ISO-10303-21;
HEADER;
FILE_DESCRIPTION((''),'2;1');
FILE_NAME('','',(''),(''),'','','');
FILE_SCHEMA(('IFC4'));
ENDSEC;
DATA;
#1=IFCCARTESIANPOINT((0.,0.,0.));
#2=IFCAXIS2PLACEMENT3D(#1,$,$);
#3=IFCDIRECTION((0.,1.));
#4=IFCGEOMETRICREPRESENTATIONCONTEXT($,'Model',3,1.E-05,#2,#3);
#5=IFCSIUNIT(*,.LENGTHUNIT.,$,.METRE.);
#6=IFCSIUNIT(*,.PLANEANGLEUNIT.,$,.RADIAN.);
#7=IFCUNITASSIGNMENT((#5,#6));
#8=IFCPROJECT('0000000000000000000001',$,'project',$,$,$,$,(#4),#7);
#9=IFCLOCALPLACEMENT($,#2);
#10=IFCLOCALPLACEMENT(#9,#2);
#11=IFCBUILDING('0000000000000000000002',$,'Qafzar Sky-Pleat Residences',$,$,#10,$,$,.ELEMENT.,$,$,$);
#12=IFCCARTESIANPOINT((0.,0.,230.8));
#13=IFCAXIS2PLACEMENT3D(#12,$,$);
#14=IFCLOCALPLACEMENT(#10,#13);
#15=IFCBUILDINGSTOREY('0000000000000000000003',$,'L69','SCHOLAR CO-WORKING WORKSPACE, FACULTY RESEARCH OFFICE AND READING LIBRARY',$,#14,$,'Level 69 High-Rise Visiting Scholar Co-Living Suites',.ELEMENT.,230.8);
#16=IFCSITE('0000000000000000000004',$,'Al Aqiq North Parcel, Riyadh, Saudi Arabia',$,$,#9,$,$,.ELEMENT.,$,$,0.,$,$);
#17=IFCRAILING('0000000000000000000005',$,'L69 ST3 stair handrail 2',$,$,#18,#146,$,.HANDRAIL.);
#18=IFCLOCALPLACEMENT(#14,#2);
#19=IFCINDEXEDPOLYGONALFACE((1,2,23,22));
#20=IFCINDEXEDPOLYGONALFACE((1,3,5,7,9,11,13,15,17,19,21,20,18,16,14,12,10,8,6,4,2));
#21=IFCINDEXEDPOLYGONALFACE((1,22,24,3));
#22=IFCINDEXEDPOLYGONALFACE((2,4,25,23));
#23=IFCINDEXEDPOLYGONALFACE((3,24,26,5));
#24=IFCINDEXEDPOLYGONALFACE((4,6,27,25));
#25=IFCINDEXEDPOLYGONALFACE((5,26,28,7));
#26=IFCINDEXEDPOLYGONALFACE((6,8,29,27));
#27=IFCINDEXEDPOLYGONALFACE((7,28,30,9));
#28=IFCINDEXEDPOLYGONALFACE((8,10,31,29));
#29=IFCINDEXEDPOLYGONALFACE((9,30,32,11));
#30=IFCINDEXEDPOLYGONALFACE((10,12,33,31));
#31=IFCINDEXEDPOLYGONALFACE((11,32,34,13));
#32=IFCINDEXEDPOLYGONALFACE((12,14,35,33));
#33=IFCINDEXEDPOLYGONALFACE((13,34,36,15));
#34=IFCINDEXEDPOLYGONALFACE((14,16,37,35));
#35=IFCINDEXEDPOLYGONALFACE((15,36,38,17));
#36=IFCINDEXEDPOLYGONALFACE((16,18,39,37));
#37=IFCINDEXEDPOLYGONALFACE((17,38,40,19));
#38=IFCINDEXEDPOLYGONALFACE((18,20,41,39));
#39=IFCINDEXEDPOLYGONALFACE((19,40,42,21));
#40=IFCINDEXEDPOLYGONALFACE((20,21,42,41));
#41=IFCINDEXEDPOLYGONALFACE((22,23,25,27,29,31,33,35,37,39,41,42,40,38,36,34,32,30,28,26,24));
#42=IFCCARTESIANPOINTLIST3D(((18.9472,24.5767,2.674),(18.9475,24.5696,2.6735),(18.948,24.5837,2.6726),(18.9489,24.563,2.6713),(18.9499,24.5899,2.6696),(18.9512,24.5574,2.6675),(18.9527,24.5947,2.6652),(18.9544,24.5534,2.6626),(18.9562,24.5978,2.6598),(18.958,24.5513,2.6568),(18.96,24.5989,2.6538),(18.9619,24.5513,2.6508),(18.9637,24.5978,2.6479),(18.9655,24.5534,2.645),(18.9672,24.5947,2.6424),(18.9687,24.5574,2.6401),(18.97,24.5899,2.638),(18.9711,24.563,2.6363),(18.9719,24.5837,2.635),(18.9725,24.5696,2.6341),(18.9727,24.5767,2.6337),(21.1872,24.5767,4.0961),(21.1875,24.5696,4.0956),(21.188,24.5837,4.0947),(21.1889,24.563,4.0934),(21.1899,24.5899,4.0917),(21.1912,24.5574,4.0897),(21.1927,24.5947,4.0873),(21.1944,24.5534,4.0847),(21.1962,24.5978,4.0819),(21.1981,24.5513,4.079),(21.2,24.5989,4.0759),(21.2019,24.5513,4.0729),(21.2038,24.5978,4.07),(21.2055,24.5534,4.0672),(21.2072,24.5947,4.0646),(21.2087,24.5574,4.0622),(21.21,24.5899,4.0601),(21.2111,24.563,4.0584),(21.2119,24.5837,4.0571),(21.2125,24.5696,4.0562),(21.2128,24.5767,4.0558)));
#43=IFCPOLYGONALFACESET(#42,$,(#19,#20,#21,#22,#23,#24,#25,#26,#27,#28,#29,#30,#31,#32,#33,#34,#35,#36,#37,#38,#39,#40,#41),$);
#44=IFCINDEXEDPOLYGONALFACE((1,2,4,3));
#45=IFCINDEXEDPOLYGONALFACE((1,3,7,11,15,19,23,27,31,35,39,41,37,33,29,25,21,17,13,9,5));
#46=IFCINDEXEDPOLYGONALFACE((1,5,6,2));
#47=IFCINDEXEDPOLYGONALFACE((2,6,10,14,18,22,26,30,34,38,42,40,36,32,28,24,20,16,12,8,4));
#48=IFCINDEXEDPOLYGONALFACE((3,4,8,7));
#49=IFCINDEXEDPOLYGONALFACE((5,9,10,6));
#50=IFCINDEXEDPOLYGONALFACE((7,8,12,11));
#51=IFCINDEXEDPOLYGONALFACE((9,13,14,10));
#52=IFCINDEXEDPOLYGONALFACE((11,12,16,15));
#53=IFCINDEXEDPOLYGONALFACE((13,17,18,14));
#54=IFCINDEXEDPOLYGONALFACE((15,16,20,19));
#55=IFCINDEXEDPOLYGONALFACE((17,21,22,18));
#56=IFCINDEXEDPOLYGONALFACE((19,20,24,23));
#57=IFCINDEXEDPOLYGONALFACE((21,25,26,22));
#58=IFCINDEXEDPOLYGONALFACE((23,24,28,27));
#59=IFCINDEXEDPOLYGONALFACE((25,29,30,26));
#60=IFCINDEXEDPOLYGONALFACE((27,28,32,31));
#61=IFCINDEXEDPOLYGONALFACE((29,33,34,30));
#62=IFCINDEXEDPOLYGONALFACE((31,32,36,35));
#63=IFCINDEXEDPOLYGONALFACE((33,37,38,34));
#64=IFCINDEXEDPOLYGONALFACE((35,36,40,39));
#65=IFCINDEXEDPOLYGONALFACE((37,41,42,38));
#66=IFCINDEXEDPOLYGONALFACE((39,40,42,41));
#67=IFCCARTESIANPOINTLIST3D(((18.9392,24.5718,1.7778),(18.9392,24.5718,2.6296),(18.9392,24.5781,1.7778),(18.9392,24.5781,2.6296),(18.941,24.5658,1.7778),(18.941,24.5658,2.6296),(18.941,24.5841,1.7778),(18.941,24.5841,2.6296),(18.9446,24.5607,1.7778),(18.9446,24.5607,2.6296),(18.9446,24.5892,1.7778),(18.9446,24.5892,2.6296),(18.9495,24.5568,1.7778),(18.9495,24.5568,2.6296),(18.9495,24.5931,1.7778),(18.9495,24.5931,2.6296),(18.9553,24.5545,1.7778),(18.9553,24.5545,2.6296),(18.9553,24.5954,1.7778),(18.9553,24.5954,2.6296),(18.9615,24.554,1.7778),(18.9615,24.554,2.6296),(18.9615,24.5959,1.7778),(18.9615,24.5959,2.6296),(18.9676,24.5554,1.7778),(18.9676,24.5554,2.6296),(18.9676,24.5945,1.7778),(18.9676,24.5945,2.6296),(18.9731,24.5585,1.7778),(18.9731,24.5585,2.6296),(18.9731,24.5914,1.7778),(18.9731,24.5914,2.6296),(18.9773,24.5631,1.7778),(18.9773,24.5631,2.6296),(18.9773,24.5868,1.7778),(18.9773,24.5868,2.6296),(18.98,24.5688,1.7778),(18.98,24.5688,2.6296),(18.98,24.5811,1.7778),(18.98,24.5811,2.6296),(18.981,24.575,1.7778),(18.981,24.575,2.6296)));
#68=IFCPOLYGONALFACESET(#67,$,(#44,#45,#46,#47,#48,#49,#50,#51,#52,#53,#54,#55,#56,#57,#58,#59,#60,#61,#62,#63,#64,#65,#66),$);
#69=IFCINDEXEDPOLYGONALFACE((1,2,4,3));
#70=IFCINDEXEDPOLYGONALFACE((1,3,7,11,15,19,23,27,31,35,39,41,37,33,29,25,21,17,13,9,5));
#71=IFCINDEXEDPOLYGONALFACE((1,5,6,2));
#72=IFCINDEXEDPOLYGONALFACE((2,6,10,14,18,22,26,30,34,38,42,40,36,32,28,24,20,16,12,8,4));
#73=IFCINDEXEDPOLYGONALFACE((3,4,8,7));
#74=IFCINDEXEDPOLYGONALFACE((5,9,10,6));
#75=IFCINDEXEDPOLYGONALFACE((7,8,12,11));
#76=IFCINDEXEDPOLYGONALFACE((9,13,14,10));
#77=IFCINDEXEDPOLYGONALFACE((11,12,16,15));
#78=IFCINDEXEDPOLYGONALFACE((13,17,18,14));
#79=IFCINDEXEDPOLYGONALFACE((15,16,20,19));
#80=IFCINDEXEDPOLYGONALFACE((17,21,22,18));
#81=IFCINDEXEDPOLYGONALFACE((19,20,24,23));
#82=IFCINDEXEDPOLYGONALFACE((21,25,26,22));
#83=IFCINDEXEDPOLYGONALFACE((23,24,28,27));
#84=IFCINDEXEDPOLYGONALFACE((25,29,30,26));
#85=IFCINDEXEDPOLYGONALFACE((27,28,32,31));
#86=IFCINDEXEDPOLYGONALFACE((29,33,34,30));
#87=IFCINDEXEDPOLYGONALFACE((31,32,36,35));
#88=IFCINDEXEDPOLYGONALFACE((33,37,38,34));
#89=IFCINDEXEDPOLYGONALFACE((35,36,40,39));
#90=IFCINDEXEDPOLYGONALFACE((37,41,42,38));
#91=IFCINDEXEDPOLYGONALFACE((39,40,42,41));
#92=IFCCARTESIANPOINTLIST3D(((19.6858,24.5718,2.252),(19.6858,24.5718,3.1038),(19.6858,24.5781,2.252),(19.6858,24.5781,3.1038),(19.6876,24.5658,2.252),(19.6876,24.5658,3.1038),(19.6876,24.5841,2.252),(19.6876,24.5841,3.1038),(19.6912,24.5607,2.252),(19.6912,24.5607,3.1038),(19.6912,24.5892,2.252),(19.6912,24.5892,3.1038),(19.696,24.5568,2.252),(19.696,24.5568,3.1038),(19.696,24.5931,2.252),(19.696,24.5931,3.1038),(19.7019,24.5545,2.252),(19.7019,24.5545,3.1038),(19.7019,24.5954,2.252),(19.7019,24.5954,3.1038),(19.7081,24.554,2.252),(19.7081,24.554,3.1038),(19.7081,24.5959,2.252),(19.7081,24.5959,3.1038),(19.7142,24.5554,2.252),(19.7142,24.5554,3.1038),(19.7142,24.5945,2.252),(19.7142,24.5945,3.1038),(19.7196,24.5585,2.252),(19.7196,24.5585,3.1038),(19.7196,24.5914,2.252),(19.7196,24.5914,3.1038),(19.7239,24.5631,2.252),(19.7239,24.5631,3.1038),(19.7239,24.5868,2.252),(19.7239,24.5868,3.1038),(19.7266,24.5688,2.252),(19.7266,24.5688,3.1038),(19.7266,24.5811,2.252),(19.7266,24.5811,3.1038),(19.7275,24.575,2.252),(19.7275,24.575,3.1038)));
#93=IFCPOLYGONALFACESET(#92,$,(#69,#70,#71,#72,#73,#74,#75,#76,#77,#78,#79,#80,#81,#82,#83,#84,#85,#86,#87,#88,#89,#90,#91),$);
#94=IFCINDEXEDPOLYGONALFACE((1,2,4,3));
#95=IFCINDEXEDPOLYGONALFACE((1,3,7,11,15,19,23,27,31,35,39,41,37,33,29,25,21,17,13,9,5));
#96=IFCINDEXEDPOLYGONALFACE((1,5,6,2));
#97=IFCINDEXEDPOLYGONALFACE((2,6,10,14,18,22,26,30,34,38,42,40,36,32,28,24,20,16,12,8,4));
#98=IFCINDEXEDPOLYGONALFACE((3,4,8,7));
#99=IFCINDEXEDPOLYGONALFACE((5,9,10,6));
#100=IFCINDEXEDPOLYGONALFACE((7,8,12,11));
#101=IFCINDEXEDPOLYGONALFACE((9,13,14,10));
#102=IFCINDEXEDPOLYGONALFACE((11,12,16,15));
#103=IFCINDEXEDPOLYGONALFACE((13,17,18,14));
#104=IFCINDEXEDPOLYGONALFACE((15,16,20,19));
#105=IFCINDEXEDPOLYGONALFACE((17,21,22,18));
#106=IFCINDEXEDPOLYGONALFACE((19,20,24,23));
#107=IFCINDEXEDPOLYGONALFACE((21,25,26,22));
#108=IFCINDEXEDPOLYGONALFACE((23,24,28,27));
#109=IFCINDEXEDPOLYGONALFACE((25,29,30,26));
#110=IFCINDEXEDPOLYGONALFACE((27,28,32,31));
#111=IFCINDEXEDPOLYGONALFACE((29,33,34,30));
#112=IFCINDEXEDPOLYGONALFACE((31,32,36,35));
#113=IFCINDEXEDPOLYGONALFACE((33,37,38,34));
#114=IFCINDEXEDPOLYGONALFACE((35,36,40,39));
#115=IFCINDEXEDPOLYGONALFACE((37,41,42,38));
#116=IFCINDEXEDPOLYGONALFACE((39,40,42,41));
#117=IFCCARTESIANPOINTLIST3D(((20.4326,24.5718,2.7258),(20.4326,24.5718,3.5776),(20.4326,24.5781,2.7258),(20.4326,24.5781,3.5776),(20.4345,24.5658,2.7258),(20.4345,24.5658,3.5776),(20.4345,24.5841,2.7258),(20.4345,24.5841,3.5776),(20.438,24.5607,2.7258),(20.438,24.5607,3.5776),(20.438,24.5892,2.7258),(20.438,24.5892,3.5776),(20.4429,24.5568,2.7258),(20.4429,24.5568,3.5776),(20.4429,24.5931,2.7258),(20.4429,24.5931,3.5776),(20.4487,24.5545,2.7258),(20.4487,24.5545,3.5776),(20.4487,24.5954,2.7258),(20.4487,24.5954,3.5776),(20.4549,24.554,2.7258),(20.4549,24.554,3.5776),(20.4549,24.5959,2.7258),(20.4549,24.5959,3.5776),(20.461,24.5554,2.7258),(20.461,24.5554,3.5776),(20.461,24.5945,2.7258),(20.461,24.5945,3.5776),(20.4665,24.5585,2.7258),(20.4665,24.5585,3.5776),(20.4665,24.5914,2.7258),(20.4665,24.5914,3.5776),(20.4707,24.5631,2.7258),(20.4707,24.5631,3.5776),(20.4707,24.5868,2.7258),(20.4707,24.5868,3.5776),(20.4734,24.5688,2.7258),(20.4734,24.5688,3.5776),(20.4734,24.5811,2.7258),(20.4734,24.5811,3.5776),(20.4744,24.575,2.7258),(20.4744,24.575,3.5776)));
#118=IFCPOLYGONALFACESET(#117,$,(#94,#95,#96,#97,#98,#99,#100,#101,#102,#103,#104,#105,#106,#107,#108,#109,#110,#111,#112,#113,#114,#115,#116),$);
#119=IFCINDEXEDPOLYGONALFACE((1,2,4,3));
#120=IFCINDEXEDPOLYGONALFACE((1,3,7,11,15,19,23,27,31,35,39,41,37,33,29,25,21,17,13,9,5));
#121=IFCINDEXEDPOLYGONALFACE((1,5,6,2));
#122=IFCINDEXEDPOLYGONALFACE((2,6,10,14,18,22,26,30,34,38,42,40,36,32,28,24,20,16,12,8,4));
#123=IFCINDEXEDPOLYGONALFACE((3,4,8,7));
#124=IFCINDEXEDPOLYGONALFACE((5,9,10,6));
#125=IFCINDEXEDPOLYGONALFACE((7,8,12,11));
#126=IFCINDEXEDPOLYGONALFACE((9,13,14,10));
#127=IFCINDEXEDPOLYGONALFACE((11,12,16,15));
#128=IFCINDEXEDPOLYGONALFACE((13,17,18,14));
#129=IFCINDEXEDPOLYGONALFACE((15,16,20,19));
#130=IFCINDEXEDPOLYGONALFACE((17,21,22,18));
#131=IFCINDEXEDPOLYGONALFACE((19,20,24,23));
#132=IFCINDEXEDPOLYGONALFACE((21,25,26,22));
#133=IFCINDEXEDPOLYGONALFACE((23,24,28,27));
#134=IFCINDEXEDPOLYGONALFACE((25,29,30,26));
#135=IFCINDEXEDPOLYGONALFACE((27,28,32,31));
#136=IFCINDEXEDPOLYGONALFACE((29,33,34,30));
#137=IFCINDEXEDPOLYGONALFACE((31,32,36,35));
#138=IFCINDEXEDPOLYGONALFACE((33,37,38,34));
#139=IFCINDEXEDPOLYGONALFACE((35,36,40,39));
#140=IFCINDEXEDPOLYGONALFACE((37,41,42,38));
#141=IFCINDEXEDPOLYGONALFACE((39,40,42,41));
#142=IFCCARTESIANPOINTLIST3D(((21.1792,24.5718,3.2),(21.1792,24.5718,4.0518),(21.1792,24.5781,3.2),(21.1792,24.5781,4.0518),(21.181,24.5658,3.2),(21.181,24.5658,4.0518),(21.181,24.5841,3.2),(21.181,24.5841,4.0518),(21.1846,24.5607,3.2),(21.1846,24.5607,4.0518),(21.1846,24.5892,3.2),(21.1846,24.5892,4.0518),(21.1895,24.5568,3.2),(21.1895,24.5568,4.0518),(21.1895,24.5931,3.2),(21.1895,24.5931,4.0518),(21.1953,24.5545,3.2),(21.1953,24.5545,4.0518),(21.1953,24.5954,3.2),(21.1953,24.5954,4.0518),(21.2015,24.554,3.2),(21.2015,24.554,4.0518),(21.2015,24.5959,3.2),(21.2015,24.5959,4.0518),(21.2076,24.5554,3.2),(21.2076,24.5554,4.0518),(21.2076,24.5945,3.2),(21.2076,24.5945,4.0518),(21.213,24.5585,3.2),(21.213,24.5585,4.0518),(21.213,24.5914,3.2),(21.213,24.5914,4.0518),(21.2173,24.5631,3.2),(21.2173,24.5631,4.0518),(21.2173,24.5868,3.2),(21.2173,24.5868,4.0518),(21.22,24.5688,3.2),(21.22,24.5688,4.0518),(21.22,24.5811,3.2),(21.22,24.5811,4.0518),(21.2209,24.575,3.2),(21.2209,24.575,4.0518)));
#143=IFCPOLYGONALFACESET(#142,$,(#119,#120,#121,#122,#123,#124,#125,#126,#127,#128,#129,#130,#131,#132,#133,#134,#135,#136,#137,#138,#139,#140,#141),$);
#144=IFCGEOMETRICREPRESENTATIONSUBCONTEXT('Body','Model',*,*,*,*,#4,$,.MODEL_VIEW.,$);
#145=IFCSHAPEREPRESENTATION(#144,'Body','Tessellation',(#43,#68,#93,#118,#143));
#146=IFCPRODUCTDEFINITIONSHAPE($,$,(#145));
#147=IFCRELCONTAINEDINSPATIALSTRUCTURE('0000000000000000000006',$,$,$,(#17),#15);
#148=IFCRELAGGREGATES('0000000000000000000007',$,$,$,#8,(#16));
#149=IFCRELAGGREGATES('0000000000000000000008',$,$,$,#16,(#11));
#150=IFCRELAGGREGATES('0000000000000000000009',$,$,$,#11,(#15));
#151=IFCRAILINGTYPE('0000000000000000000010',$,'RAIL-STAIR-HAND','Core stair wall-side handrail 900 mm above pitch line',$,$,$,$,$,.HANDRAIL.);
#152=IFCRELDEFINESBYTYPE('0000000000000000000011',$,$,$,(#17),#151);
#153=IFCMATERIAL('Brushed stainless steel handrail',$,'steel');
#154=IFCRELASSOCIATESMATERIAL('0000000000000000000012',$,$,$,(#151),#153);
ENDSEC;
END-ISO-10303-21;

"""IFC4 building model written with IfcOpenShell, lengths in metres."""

from ifc_helpers import new_model, si_unit, direction, frame, origin, origin_2d, place, context, subcontext, project, spatial, circle, extrude, source, transform, mapped, material, type_object, element, save


model = new_model("IFC4")

# Units and contexts
model_context = context("Model", 3, precision=1e-05, world=origin(), true_north=direction((0.0, 1.0)))
body_context = subcontext(model_context, "Body", "Model", "MODEL_VIEW")
ifc_project = project(units=[si_unit("LENGTHUNIT", "METRE"), si_unit("PLANEANGLEUNIT", "RADIAN")], contexts=[model_context])

# Site, building, storey
site_placement = place(None, origin())
site = spatial("IfcSite", under=ifc_project, at=site_placement, Name="Al Aqiq North Parcel, Riyadh, Saudi Arabia", CompositionType="ELEMENT", RefElevation=0.0)
building_placement = place(site_placement, origin())
building = spatial("IfcBuilding", under=site, at=building_placement, Name="Qafzar Sky-Pleat Residences", CompositionType="ELEMENT")
storey_placement = place(building_placement, frame((0.0, 0.0, 230.8)))
storey = spatial("IfcBuildingStorey", under=building, at=storey_placement, Name="L69", Description="SCHOLAR CO-WORKING WORKSPACE, FACULTY RESEARCH OFFICE AND READING LIBRARY", LongName="Level 69 High-Rise Visiting Scholar Co-Living Suites", CompositionType="ELEMENT", Elevation=230.8)

# Railing
ifc_material_1 = material(Name="Brushed stainless steel handrail", Category="steel")
railing_type_1 = type_object("IfcRailingType", Name="RAIL-STAIR-HAND", Description="Core stair wall-side handrail 900 mm above pitch line", PredefinedType="HANDRAIL", material=ifc_material_1)
shared_shape_1 = source(origin(), body_context, "Body", "SweptSolid", [
    extrude(circle(Radius=0.0239, at=origin_2d()), frame((0.0, 0.0, 0.876), z_axis=(0.844229, 0.0, 0.535982), x_axis=(0.0, 1.0, 0.0)), (0.0, 0.0, 1.0), 2.6533),
    extrude(circle(Radius=0.021, at=origin_2d()), origin(), (0.0, 0.0, 1.0), 0.8518),
    extrude(circle(Radius=0.021, at=origin_2d()), frame((0.7466, 0.0, 0.4741)), (0.0, 0.0, 1.0), 0.8518),
    extrude(circle(Radius=0.021, at=origin_2d()), frame((1.4934, 0.0, 0.948)), (0.0, 0.0, 1.0), 0.8518),
    extrude(circle(Radius=0.021, at=origin_2d()), frame((2.24, 0.0, 1.4221)), (0.0, 0.0, 1.0), 0.8518),
])
railing_1_placement = place(storey_placement, frame((18.96, 24.575, 1.7778)))
element("IfcRailing", 1, at=railing_1_placement, inside=storey, type_object=railing_type_1, Name="L69 ST3 stair handrail 2", PredefinedType="HANDRAIL", context=body_context, shape_type="MappedRepresentation", body=[
    mapped(shared_shape_1, transform((0.0, 0.0, 0.0), x_axis=(1.0, 0.0, 0.0), y_axis=(0.0, 1.0, 0.0), z_axis=(0.0, 0.0, 1.0), scale=1.0)),
])

save(model, "model.ifc")
